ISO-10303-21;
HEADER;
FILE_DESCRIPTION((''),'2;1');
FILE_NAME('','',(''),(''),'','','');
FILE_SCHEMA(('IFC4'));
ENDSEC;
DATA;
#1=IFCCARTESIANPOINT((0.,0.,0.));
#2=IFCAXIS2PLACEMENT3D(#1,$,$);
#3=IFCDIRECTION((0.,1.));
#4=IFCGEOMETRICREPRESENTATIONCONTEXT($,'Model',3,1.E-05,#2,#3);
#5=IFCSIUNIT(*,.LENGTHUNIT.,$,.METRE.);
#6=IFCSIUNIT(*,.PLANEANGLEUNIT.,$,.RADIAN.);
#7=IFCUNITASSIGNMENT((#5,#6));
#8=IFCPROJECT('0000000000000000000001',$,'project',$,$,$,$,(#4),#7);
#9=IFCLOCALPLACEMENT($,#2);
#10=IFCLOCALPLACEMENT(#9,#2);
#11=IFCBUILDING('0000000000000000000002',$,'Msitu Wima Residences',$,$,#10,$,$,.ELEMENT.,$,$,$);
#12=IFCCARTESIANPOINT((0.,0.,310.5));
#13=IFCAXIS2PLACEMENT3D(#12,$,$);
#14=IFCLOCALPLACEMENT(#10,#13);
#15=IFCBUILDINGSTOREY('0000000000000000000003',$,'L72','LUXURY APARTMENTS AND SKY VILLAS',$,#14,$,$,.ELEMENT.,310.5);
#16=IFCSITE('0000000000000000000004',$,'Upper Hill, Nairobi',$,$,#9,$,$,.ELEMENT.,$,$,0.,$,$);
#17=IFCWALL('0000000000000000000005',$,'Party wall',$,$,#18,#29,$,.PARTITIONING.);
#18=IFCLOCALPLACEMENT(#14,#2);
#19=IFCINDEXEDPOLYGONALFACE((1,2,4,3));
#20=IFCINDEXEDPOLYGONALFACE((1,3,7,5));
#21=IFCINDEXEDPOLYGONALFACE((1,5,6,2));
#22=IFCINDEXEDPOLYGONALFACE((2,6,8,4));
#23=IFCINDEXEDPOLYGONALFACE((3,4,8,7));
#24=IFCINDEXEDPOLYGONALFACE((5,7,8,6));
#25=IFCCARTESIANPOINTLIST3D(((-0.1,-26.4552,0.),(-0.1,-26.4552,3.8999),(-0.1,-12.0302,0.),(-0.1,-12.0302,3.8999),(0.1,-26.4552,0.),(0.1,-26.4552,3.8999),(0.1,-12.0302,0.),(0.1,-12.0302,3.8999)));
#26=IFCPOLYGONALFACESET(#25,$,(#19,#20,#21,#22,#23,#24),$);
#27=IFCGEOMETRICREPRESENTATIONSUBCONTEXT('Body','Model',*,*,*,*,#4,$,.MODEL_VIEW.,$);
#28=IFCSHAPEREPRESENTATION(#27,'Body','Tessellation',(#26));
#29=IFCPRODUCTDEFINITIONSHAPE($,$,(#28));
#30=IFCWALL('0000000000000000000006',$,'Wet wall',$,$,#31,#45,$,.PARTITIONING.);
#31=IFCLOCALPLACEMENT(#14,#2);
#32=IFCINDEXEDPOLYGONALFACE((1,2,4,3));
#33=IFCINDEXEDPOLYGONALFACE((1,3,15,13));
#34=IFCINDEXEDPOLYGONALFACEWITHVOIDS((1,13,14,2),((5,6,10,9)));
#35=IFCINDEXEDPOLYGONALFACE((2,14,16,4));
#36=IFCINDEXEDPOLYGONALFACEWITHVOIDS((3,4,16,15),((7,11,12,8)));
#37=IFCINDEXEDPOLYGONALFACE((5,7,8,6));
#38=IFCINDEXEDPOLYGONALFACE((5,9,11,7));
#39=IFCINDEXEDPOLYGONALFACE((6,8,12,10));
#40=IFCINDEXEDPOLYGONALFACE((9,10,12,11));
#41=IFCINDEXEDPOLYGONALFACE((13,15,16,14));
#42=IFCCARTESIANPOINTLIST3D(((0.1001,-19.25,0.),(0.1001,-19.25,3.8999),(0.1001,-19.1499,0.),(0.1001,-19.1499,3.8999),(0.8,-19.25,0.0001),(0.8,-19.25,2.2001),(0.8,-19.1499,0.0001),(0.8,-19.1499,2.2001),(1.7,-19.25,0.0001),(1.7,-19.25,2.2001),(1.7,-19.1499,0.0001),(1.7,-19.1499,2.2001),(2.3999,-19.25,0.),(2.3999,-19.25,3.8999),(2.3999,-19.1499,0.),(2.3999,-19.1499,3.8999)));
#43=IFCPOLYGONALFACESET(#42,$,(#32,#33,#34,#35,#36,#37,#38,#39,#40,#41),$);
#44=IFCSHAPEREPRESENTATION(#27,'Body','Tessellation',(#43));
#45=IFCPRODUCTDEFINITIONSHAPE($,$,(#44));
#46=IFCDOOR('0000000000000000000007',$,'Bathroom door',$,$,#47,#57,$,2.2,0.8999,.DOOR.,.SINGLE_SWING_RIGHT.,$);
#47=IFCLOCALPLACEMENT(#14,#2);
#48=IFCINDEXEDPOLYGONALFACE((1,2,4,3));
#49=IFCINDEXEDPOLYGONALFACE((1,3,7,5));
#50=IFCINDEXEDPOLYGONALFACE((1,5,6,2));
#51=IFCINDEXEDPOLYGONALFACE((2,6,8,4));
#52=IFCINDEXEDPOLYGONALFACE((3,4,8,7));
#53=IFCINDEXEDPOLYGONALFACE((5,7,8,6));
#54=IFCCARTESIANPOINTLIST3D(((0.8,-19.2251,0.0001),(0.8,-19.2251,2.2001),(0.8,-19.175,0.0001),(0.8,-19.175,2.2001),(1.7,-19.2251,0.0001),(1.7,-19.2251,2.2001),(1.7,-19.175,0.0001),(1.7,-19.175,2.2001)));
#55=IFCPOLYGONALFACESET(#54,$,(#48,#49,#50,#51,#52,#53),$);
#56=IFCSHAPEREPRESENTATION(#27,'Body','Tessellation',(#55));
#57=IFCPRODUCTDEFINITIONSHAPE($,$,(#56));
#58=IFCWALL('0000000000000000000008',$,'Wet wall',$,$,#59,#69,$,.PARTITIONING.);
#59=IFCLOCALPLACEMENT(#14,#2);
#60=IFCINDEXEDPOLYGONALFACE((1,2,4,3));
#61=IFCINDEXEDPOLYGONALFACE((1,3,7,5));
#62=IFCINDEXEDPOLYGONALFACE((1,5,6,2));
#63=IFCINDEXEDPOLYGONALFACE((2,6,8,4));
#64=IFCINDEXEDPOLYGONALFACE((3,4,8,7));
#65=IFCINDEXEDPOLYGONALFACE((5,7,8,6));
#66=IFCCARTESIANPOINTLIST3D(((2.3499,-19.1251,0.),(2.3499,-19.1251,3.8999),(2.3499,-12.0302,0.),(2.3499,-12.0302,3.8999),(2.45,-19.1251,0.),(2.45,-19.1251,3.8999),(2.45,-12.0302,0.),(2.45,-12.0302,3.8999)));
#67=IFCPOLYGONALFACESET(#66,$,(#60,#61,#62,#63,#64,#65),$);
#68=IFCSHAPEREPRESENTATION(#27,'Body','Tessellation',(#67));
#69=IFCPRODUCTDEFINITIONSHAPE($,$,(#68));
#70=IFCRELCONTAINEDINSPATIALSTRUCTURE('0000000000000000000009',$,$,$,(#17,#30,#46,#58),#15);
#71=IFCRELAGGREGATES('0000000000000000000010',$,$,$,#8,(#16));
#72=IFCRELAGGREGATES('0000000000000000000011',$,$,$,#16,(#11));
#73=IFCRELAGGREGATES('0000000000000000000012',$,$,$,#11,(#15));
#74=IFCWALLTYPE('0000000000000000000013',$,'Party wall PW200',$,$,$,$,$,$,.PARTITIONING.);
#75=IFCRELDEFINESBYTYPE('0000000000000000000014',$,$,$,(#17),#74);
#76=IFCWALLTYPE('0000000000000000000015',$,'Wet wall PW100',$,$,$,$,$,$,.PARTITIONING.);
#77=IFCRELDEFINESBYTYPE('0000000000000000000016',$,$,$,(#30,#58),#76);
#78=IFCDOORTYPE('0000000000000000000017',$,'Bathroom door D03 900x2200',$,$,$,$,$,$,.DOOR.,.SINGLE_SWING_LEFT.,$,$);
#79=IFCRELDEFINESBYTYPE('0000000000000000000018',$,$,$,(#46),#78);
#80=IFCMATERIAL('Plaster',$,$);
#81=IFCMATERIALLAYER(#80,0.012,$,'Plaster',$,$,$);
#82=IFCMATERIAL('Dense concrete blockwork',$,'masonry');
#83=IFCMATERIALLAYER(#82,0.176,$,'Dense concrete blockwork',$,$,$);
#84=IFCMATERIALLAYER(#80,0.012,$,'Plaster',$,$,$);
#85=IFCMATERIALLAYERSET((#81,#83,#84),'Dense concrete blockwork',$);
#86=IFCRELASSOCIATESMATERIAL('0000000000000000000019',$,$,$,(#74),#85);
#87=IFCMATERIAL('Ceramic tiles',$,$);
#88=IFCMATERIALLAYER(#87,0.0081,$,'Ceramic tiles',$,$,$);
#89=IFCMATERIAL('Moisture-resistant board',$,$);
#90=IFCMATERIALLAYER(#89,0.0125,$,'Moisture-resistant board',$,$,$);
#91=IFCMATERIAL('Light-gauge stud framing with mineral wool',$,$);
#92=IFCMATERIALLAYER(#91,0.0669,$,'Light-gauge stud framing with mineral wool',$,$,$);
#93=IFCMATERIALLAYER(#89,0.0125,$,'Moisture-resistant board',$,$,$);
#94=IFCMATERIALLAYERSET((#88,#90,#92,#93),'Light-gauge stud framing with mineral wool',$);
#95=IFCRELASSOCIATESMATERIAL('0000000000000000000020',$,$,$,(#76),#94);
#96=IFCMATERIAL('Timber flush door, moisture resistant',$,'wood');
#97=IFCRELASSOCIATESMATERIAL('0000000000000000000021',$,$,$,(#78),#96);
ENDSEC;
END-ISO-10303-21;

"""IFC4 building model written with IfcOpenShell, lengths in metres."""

from ifc_helpers import new_model, si_unit, direction, frame, frame_2d, origin, place, context, subcontext, project, spatial, rectangle, extrude, material, layer, layer_set, type_object, element, fill, save


model = new_model("IFC4")

# Units and contexts
model_context = context("Model", 3, precision=1e-05, world=origin(), true_north=direction((0.0, 1.0)))
body_context = subcontext(model_context, "Body", "Model", "MODEL_VIEW")
ifc_project = project(units=[si_unit("LENGTHUNIT", "METRE"), si_unit("PLANEANGLEUNIT", "RADIAN")], contexts=[model_context])

# Site, building, storey
site_placement = place(None, origin())
site = spatial("IfcSite", under=ifc_project, at=site_placement, Name="Upper Hill, Nairobi", CompositionType="ELEMENT", RefElevation=0.0)
building_placement = place(site_placement, origin())
building = spatial("IfcBuilding", under=site, at=building_placement, Name="Msitu Wima Residences", CompositionType="ELEMENT")
storey_placement = place(building_placement, frame((0.0, 0.0, 310.5)))
storey = spatial("IfcBuildingStorey", under=building, at=storey_placement, Name="L72", Description="LUXURY APARTMENTS AND SKY VILLAS", CompositionType="ELEMENT", Elevation=310.5)

# Shared definitions
ifc_material_1 = material(Name="Plaster")

# Wall
ifc_layer_1 = layer(ifc_material_1, 0.012, Name="Plaster")
ifc_material_2 = material(Name="Dense concrete blockwork", Category="masonry")
ifc_layer_2 = layer(ifc_material_2, 0.176, Name="Dense concrete blockwork")
ifc_layer_3 = layer(ifc_material_1, 0.012, Name="Plaster")
ifc_layer_set_1 = layer_set([ifc_layer_1, ifc_layer_2, ifc_layer_3], Name="Dense concrete blockwork")
wall_type_1 = type_object("IfcWallType", Name="Party wall PW200", PredefinedType="PARTITIONING", material=ifc_layer_set_1)
wall_1_placement = place(storey_placement, frame((0.0, -26.4551, 0.0), z_axis=(0.0, 0.0, 1.0), x_axis=(0.0, 1.0, 0.0)))
element("IfcWall", 1, at=wall_1_placement, inside=storey, type_object=wall_type_1, Name="Party wall", PredefinedType="PARTITIONING", context=body_context, shape_type="SweptSolid", body=[
    extrude(rectangle(XDim=14.425, YDim=0.2, at=frame_2d((7.2124, 0.0))), origin(), (0.0, 0.0, 1.0), 3.8999),
])

# Wall, opening, door
ifc_material_3 = material(Name="Ceramic tiles")
ifc_layer_4 = layer(ifc_material_3, 0.0081, Name="Ceramic tiles")
ifc_material_4 = material(Name="Moisture-resistant board")
ifc_layer_5 = layer(ifc_material_4, 0.0125, Name="Moisture-resistant board")
ifc_material_5 = material(Name="Light-gauge stud framing with mineral wool")
ifc_layer_6 = layer(ifc_material_5, 0.0669, Name="Light-gauge stud framing with mineral wool")
ifc_layer_7 = layer(ifc_material_4, 0.0125, Name="Moisture-resistant board")
ifc_layer_set_2 = layer_set([ifc_layer_4, ifc_layer_5, ifc_layer_6, ifc_layer_7], Name="Light-gauge stud framing with mineral wool")
wall_type_2 = type_object("IfcWallType", Name="Wet wall PW100", PredefinedType="PARTITIONING", material=ifc_layer_set_2)
wall_2_placement = place(storey_placement, frame((0.1001, -19.2, 0.0), z_axis=(0.0, 0.0, 1.0), x_axis=(1.0, 0.0, 0.0)))
wall_2 = element("IfcWall", 2, at=wall_2_placement, inside=storey, type_object=wall_type_2, Name="Wet wall", PredefinedType="PARTITIONING", context=body_context, shape_type="SweptSolid", body=[
    extrude(rectangle(XDim=2.2998, YDim=0.1001, at=frame_2d((1.1499, 0.0))), origin(), (0.0, 0.0, 1.0), 3.8999),
])
opening_1_placement = place(wall_2_placement, frame((0.7, 0.0, 0.0)))
opening_1 = element("IfcOpeningElement", 3, at=opening_1_placement, cuts=wall_2, PredefinedType="OPENING", context=body_context, shape_type="SweptSolid", body=[
    extrude(rectangle(XDim=0.8999, YDim=2.2, at=frame_2d((0.45, 1.1001))), frame((0.0, 0.0601, 0.0), z_axis=(0.0, -1.0, 0.0), x_axis=(1.0, 0.0, 0.0)), (0.0, 0.0, 1.0), 0.1201),
])
ifc_material_6 = material(Name="Timber flush door, moisture resistant", Category="wood")
door_type_1 = type_object("IfcDoorType", Name="Bathroom door D03 900x2200", OperationType="SINGLE_SWING_LEFT", PredefinedType="DOOR", material=ifc_material_6)
door_1_placement = place(opening_1_placement, origin())
door_1 = element("IfcDoor", 4, at=door_1_placement, inside=storey, type_object=door_type_1, Name="Bathroom door", OperationType="SINGLE_SWING_RIGHT", OverallHeight=2.2, OverallWidth=0.8999, PredefinedType="DOOR", context=body_context, shape_type="SweptSolid", body=[
    extrude(rectangle(XDim=0.8999, YDim=2.2, at=frame_2d((0.45, 1.1001))), frame((0.0, 0.0249, 0.0), z_axis=(0.0, -1.0, 0.0), x_axis=(1.0, 0.0, 0.0)), (0.0, 0.0, 1.0), 0.05),
])
fill(opening_1, door_1)

# Wall
wall_3_placement = place(storey_placement, frame((2.3999, -19.125, 0.0), z_axis=(0.0, 0.0, 1.0), x_axis=(0.0, 1.0, 0.0)))
element("IfcWall", 5, at=wall_3_placement, inside=storey, type_object=wall_type_2, Name="Wet wall", PredefinedType="PARTITIONING", context=body_context, shape_type="SweptSolid", body=[
    extrude(rectangle(XDim=7.095, YDim=0.1001, at=frame_2d((3.5474, 0.0))), origin(), (0.0, 0.0, 1.0), 3.8999),
])

save(model, "model.ifc")
